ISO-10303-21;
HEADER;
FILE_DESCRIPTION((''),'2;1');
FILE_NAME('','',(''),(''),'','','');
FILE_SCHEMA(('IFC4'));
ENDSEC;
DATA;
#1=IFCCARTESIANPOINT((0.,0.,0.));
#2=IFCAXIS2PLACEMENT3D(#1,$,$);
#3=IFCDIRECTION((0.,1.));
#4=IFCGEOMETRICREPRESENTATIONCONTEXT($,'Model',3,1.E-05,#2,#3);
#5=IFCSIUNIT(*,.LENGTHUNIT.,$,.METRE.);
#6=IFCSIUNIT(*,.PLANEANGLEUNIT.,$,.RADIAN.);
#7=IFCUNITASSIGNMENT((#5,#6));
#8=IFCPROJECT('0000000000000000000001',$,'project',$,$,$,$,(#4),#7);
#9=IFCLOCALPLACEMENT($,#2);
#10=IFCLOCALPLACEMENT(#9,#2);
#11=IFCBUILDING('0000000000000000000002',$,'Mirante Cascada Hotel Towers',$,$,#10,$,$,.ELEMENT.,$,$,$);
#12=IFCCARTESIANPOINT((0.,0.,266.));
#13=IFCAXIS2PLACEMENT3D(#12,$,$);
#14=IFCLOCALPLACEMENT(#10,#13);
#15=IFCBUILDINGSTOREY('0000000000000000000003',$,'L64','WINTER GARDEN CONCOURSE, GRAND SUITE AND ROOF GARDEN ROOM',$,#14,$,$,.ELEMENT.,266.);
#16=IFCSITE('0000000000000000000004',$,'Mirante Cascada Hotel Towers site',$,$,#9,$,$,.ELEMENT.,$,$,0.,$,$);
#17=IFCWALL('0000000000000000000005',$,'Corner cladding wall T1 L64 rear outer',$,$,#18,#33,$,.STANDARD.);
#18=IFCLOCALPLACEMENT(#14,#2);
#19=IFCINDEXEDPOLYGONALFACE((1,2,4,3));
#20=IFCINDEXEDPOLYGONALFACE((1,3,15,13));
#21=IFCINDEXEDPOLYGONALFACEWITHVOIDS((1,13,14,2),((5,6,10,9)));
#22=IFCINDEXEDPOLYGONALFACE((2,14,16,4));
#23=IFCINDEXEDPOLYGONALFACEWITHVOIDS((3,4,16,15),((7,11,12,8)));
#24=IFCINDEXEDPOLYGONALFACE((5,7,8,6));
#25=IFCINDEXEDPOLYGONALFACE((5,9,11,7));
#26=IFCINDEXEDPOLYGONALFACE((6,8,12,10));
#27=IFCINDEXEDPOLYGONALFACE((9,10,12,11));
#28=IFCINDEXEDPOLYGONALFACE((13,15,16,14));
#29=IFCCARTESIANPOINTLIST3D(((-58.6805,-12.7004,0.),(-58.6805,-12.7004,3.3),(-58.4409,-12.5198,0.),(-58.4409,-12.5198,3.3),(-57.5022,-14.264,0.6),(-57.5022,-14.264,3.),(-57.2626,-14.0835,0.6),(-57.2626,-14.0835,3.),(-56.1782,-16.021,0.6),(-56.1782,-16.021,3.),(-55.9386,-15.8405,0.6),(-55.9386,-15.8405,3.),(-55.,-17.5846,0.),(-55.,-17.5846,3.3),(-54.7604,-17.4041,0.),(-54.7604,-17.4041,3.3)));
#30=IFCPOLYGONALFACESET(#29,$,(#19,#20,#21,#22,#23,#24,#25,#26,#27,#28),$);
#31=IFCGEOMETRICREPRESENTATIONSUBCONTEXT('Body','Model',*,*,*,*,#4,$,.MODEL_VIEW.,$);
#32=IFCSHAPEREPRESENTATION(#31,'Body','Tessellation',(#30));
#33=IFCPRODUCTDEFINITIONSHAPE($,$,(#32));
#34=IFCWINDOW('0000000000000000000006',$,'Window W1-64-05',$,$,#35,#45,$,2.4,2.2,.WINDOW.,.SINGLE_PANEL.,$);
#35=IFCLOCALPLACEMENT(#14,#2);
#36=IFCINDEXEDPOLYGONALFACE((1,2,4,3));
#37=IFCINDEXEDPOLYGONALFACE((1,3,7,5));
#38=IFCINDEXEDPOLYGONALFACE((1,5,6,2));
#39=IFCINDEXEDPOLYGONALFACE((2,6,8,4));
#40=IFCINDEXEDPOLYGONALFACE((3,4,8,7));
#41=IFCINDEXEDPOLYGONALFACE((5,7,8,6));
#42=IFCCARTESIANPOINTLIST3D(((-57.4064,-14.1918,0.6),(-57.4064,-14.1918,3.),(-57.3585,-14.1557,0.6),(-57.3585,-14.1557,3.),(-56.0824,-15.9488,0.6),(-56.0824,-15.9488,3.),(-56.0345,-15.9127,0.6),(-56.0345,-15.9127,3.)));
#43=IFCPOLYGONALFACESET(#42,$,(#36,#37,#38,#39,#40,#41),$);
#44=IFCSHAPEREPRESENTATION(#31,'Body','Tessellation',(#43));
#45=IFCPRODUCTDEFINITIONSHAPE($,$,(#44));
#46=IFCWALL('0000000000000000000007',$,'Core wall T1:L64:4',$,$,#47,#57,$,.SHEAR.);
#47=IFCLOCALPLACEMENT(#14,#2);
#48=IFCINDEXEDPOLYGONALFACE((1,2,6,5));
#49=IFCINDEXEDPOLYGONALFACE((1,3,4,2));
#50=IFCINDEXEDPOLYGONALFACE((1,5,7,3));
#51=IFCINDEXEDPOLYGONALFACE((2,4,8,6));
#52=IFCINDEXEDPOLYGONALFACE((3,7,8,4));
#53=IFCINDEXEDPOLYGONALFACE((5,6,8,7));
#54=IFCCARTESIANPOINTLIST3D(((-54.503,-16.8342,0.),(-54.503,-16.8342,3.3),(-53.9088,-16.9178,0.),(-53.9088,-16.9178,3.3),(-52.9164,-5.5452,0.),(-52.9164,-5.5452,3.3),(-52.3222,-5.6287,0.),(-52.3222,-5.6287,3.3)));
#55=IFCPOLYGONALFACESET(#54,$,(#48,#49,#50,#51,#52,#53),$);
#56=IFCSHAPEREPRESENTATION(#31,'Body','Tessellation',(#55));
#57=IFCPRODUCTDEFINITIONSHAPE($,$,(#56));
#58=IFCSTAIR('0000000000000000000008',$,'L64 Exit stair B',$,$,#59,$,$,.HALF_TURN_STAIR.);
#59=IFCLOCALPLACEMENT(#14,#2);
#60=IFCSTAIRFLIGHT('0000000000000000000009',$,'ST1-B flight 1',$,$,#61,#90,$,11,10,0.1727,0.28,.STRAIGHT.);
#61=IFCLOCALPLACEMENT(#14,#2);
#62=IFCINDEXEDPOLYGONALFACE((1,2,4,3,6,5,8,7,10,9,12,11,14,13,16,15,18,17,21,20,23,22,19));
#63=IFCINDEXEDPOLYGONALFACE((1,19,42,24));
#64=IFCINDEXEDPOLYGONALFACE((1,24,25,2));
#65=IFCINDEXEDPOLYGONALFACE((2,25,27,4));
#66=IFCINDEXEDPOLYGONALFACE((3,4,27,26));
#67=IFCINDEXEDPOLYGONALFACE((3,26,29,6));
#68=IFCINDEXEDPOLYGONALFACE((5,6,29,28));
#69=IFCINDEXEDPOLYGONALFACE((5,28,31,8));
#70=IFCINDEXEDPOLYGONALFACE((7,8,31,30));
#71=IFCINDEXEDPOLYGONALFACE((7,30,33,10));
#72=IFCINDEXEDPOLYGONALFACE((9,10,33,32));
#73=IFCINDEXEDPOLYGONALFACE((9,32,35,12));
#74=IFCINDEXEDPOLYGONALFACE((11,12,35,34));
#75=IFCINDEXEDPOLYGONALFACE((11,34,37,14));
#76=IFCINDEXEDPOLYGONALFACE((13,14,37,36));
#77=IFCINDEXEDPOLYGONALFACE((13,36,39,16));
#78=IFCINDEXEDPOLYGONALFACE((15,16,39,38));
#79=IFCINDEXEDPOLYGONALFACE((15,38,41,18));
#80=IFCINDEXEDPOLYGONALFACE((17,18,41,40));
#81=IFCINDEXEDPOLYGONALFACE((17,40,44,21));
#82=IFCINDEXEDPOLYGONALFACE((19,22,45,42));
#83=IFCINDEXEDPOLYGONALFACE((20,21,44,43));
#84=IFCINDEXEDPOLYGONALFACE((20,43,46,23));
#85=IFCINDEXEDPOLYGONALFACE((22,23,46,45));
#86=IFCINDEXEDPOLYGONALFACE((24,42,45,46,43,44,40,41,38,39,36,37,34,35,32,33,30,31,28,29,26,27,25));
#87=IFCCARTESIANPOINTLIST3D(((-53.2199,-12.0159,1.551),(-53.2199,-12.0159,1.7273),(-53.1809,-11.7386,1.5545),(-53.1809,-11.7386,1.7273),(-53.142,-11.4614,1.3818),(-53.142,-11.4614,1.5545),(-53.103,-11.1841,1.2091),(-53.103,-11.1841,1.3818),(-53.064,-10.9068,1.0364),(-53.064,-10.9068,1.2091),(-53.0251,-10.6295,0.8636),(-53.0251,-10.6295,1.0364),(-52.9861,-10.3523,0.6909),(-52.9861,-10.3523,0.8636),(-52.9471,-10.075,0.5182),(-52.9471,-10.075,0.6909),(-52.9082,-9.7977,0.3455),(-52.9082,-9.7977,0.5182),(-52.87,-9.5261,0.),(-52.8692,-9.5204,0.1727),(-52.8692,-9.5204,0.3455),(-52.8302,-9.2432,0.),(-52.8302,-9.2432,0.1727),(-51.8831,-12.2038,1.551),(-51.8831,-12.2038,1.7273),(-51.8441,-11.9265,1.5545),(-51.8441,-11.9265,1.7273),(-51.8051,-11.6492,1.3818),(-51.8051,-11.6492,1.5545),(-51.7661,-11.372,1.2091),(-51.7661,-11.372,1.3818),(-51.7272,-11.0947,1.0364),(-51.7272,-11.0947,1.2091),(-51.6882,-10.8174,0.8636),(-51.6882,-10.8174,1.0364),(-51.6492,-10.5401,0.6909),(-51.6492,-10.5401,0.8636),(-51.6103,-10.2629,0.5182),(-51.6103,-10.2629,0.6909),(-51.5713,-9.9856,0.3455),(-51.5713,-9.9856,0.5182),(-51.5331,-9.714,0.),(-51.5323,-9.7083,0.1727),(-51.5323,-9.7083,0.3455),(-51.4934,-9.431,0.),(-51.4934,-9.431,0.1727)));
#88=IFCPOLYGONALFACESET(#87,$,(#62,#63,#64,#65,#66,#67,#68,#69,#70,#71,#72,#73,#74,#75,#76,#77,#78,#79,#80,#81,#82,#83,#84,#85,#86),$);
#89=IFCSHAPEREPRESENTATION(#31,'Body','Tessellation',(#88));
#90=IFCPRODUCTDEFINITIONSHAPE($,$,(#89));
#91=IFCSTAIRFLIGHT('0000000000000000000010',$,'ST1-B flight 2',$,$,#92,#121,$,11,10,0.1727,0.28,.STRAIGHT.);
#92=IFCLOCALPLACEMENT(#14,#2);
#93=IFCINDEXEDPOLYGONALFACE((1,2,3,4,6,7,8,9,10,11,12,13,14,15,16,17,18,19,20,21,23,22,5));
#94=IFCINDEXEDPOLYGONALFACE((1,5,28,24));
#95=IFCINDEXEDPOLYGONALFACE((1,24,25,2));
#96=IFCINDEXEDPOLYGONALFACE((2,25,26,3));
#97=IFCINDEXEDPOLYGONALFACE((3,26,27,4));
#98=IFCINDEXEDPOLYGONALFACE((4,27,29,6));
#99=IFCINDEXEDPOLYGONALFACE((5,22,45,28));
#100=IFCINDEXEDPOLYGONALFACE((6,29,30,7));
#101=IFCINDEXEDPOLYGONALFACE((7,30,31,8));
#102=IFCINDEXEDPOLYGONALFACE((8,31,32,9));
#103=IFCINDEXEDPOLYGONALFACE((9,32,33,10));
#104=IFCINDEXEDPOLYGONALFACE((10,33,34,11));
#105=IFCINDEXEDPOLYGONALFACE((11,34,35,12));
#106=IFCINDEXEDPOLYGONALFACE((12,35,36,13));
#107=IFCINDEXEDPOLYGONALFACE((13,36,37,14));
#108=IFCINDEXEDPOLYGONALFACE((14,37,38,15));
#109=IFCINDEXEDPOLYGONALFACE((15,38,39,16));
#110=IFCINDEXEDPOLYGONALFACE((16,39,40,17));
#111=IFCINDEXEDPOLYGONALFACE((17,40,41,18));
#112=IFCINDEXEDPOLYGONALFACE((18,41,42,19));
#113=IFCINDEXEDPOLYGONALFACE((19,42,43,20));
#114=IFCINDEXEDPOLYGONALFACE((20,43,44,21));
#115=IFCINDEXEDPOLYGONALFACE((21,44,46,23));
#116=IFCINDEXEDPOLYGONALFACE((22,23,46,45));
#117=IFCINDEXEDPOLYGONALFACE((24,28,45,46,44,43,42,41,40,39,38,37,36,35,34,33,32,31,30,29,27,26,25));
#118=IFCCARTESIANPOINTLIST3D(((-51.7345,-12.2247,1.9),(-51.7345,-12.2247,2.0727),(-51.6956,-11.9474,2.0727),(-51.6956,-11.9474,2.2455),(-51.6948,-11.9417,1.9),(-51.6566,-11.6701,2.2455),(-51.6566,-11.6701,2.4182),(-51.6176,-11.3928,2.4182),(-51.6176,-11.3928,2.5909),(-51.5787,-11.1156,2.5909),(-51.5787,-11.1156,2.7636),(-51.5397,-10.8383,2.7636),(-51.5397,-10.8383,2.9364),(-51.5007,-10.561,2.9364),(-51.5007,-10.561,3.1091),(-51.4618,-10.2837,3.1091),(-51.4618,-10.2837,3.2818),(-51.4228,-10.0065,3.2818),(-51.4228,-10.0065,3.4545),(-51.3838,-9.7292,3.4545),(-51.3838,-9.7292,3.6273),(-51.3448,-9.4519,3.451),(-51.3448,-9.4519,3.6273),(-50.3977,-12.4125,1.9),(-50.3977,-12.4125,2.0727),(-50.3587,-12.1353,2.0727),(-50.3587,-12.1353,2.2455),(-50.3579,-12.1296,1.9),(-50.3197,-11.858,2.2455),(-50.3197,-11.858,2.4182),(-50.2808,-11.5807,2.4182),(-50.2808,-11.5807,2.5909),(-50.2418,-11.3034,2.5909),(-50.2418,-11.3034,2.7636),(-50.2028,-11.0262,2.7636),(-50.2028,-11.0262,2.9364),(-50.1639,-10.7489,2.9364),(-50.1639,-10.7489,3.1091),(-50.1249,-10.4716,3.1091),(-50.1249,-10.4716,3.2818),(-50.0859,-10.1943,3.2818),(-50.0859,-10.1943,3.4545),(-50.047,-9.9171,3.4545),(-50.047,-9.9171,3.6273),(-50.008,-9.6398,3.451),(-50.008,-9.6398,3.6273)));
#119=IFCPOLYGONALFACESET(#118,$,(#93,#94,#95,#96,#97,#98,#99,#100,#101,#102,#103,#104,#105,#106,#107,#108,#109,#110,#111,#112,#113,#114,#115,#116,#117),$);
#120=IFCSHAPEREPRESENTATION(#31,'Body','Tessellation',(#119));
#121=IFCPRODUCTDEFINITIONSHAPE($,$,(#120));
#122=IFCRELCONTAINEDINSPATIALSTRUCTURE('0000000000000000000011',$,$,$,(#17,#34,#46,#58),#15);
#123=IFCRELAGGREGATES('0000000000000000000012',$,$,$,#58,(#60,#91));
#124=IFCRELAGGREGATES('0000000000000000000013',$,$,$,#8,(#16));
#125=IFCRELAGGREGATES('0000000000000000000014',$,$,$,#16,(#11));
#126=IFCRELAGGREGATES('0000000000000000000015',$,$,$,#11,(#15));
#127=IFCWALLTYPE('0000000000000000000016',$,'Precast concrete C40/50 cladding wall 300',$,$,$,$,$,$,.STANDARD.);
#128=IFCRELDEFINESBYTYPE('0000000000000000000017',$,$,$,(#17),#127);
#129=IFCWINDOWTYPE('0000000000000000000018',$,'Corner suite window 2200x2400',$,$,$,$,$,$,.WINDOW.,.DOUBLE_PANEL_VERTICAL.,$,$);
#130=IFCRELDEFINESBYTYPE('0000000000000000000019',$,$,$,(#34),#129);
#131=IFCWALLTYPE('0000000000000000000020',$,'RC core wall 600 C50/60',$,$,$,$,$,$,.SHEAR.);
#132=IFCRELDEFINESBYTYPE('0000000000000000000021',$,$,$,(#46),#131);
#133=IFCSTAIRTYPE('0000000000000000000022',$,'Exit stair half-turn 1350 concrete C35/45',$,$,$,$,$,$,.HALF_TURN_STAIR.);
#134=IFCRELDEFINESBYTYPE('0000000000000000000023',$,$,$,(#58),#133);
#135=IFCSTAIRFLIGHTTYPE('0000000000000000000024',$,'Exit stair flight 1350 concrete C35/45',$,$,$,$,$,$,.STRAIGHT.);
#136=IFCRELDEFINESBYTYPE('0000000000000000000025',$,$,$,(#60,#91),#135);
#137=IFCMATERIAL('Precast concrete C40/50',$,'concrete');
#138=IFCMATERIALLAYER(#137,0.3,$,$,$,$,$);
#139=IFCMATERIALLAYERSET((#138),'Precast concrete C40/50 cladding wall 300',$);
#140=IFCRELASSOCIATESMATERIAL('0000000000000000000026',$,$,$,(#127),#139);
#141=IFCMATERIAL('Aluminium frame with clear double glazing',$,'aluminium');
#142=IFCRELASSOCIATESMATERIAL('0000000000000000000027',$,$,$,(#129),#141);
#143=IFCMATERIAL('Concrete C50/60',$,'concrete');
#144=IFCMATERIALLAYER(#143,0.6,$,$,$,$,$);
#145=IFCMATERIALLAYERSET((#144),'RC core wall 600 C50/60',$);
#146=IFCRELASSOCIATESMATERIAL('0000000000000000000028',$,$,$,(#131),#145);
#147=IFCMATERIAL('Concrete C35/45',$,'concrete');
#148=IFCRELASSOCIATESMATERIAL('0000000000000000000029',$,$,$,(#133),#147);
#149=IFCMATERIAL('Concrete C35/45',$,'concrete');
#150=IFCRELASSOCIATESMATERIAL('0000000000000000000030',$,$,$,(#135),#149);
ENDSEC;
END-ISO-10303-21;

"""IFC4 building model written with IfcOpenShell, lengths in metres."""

from ifc_helpers import new_model, si_unit, direction, frame, frame_2d, origin, place, context, subcontext, project, spatial, polyline, rectangle, outline, extrude, material, layer, layer_set, type_object, element, fill, aggregate, save


model = new_model("IFC4")

# Units and contexts
model_context = context("Model", 3, precision=1e-05, world=origin(), true_north=direction((0.0, 1.0)))
body_context = subcontext(model_context, "Body", "Model", "MODEL_VIEW")
ifc_project = project(units=[si_unit("LENGTHUNIT", "METRE"), si_unit("PLANEANGLEUNIT", "RADIAN")], contexts=[model_context])

# Site, building, storey
site_placement = place(None, origin())
site = spatial("IfcSite", under=ifc_project, at=site_placement, Name="Mirante Cascada Hotel Towers site", CompositionType="ELEMENT", RefElevation=0.0)
building_placement = place(site_placement, origin())
building = spatial("IfcBuilding", under=site, at=building_placement, Name="Mirante Cascada Hotel Towers", CompositionType="ELEMENT")
storey_placement = place(building_placement, frame((0.0, 0.0, 266.0)))
storey = spatial("IfcBuildingStorey", under=building, at=storey_placement, Name="L64", Description="WINTER GARDEN CONCOURSE, GRAND SUITE AND ROOF GARDEN ROOM", CompositionType="ELEMENT", Elevation=266.0)

# Wall, opening, window
ifc_material_1 = material(Name="Precast concrete C40/50", Category="concrete")
ifc_layer_1 = layer(ifc_material_1, 0.3)
ifc_layer_set_1 = layer_set([ifc_layer_1], Name="Precast concrete C40/50 cladding wall 300")
wall_type_1 = type_object("IfcWallType", Name="Precast concrete C40/50 cladding wall 300", PredefinedType="STANDARD", material=ifc_layer_set_1)
wall_1_placement = place(storey_placement, frame((-54.8802, -17.4943, 0.0), z_axis=(0.0, 0.0, 1.0), x_axis=(-0.601814, 0.798636, 0.0)))
wall_1 = element("IfcWall", 1, at=wall_1_placement, inside=storey, type_object=wall_type_1, Name="Corner cladding wall T1 L64 rear outer", PredefinedType="STANDARD", context=body_context, shape_type="SweptSolid", body=[
    extrude(rectangle(XDim=6.1157, YDim=0.3, at=frame_2d((3.0578, 0.0))), origin(), (0.0, 0.0, 1.0), 3.3),
])
opening_1_placement = place(wall_1_placement, frame((1.9578, 0.0, 0.6)))
opening_1 = element("IfcOpeningElement", 2, at=opening_1_placement, cuts=wall_1, PredefinedType="OPENING", context=body_context, shape_type="SweptSolid", body=[
    extrude(rectangle(XDim=2.2, YDim=2.4, at=frame_2d((1.1, 1.2))), frame((0.0, 0.15, 0.0), z_axis=(0.0, -1.0, 0.0), x_axis=(1.0, 0.0, 0.0)), (0.0, 0.0, 1.0), 0.3),
])
ifc_material_2 = material(Name="Aluminium frame with clear double glazing", Category="aluminium")
window_type = type_object("IfcWindowType", Name="Corner suite window 2200x2400", PartitioningType="DOUBLE_PANEL_VERTICAL", PredefinedType="WINDOW", material=ifc_material_2)
window_placement = place(opening_1_placement, origin())
window = element("IfcWindow", 3, at=window_placement, inside=storey, type_object=window_type, Name="Window W1-64-05", OverallHeight=2.4, OverallWidth=2.2, PartitioningType="SINGLE_PANEL", PredefinedType="WINDOW", context=body_context, shape_type="SweptSolid", body=[
    extrude(rectangle(XDim=2.2, YDim=2.4, at=frame_2d((1.1, 1.2))), frame((0.0, 0.03, 0.0), z_axis=(0.0, -1.0, 0.0), x_axis=(1.0, 0.0, 0.0)), (0.0, 0.0, 1.0), 0.06),
])
fill(opening_1, window)

# Wall
ifc_material_3 = material(Name="Concrete C50/60", Category="concrete")
ifc_layer_2 = layer(ifc_material_3, 0.6)
ifc_layer_set_2 = layer_set([ifc_layer_2], Name="RC core wall 600 C50/60")
wall_type_2 = type_object("IfcWallType", Name="RC core wall 600 C50/60", PredefinedType="SHEAR", material=ifc_layer_set_2)
wall_2_placement = place(storey_placement, frame((-54.2059, -16.876, 0.0), z_axis=(0.0, 0.0, 1.0), x_axis=(0.139175, 0.990268, 0.0)))
element("IfcWall", 4, at=wall_2_placement, inside=storey, type_object=wall_type_2, Name="Core wall T1:L64:4", PredefinedType="SHEAR", context=body_context, shape_type="SweptSolid", body=[
    extrude(rectangle(XDim=11.4, YDim=0.6, at=frame_2d((5.7, 0.0))), origin(), (0.0, 0.0, 1.0), 3.3),
])

# Stair, stair flights
ifc_material_4 = material(Name="Concrete C35/45", Category="concrete")
stair_type = type_object("IfcStairType", Name="Exit stair half-turn 1350 concrete C35/45", PredefinedType="HALF_TURN_STAIR", material=ifc_material_4)
stair_placement = place(storey_placement, origin())
stair = element("IfcStair", 5, at=stair_placement, inside=storey, type_object=stair_type, Name="L64 Exit stair B", PredefinedType="HALF_TURN_STAIR")
ifc_material_5 = material(Name="Concrete C35/45", Category="concrete")
stair_flight_type = type_object("IfcStairFlightType", Name="Exit stair flight 1350 concrete C35/45", PredefinedType="STRAIGHT", material=ifc_material_5)
stair_flight_1_placement = place(storey_placement, frame((-52.1618, -9.3371, 0.0), z_axis=(0.0, 0.0, 1.0), x_axis=(-0.139173, -0.990268, 0.0)))
stair_flight_1 = element("IfcStairFlight", 6, at=stair_flight_1_placement, type_object=stair_flight_type, Name="ST1-B flight 1", NumberOfRisers=11, NumberOfTreads=10, PredefinedType="STRAIGHT", RiserHeight=0.1727, TreadLength=0.28, context=body_context, shape_type="SweptSolid", body=[
    extrude(outline(polyline([(0.0, 0.0), (0.0, 0.1727), (0.28, 0.1727), (0.28, 0.3455), (0.56, 0.3455), (0.56, 0.5182), (0.84, 0.5182), (0.84, 0.6909), (1.12, 0.6909), (1.12, 0.8636), (1.4, 0.8636), (1.4, 1.0364), (1.68, 1.0364), (1.68, 1.2091), (1.96, 1.2091), (1.96, 1.3818), (2.24, 1.3818), (2.24, 1.5545), (2.52, 1.5545), (2.52, 1.7273), (2.8, 1.7273), (2.8, 1.9), (2.8, 1.551), (0.2857, 0.0), (0.0, 0.0)])), frame((0.0, 0.675, 0.0), z_axis=(0.0, -1.0, 0.0), x_axis=(1.0, 0.0, 0.0)), (0.0, 0.0, 1.0), 1.35),
])
stair_flight_2_placement = place(storey_placement, frame((-51.0661, -12.3186, 1.9), z_axis=(0.0, 0.0, 1.0), x_axis=(0.139173, 0.990268, 0.0)))
stair_flight_2 = element("IfcStairFlight", 7, at=stair_flight_2_placement, type_object=stair_flight_type, Name="ST1-B flight 2", NumberOfRisers=11, NumberOfTreads=10, PredefinedType="STRAIGHT", RiserHeight=0.1727, TreadLength=0.28, context=body_context, shape_type="SweptSolid", body=[
    extrude(outline(polyline([(0.0, 0.0), (0.0, 0.1727), (0.28, 0.1727), (0.28, 0.3455), (0.56, 0.3455), (0.56, 0.5182), (0.84, 0.5182), (0.84, 0.6909), (1.12, 0.6909), (1.12, 0.8636), (1.4, 0.8636), (1.4, 1.0364), (1.68, 1.0364), (1.68, 1.2091), (1.96, 1.2091), (1.96, 1.3818), (2.24, 1.3818), (2.24, 1.5545), (2.52, 1.5545), (2.52, 1.7273), (2.8, 1.7273), (2.8, 1.9), (2.8, 1.551), (0.2857, 0.0), (0.0, 0.0)])), frame((0.0, 0.675, 0.0), z_axis=(0.0, -1.0, 0.0), x_axis=(1.0, 0.0, 0.0)), (0.0, 0.0, 1.0), 1.35),
])
aggregate(stair, [stair_flight_1, stair_flight_2])

save(model, "model.ifc")
